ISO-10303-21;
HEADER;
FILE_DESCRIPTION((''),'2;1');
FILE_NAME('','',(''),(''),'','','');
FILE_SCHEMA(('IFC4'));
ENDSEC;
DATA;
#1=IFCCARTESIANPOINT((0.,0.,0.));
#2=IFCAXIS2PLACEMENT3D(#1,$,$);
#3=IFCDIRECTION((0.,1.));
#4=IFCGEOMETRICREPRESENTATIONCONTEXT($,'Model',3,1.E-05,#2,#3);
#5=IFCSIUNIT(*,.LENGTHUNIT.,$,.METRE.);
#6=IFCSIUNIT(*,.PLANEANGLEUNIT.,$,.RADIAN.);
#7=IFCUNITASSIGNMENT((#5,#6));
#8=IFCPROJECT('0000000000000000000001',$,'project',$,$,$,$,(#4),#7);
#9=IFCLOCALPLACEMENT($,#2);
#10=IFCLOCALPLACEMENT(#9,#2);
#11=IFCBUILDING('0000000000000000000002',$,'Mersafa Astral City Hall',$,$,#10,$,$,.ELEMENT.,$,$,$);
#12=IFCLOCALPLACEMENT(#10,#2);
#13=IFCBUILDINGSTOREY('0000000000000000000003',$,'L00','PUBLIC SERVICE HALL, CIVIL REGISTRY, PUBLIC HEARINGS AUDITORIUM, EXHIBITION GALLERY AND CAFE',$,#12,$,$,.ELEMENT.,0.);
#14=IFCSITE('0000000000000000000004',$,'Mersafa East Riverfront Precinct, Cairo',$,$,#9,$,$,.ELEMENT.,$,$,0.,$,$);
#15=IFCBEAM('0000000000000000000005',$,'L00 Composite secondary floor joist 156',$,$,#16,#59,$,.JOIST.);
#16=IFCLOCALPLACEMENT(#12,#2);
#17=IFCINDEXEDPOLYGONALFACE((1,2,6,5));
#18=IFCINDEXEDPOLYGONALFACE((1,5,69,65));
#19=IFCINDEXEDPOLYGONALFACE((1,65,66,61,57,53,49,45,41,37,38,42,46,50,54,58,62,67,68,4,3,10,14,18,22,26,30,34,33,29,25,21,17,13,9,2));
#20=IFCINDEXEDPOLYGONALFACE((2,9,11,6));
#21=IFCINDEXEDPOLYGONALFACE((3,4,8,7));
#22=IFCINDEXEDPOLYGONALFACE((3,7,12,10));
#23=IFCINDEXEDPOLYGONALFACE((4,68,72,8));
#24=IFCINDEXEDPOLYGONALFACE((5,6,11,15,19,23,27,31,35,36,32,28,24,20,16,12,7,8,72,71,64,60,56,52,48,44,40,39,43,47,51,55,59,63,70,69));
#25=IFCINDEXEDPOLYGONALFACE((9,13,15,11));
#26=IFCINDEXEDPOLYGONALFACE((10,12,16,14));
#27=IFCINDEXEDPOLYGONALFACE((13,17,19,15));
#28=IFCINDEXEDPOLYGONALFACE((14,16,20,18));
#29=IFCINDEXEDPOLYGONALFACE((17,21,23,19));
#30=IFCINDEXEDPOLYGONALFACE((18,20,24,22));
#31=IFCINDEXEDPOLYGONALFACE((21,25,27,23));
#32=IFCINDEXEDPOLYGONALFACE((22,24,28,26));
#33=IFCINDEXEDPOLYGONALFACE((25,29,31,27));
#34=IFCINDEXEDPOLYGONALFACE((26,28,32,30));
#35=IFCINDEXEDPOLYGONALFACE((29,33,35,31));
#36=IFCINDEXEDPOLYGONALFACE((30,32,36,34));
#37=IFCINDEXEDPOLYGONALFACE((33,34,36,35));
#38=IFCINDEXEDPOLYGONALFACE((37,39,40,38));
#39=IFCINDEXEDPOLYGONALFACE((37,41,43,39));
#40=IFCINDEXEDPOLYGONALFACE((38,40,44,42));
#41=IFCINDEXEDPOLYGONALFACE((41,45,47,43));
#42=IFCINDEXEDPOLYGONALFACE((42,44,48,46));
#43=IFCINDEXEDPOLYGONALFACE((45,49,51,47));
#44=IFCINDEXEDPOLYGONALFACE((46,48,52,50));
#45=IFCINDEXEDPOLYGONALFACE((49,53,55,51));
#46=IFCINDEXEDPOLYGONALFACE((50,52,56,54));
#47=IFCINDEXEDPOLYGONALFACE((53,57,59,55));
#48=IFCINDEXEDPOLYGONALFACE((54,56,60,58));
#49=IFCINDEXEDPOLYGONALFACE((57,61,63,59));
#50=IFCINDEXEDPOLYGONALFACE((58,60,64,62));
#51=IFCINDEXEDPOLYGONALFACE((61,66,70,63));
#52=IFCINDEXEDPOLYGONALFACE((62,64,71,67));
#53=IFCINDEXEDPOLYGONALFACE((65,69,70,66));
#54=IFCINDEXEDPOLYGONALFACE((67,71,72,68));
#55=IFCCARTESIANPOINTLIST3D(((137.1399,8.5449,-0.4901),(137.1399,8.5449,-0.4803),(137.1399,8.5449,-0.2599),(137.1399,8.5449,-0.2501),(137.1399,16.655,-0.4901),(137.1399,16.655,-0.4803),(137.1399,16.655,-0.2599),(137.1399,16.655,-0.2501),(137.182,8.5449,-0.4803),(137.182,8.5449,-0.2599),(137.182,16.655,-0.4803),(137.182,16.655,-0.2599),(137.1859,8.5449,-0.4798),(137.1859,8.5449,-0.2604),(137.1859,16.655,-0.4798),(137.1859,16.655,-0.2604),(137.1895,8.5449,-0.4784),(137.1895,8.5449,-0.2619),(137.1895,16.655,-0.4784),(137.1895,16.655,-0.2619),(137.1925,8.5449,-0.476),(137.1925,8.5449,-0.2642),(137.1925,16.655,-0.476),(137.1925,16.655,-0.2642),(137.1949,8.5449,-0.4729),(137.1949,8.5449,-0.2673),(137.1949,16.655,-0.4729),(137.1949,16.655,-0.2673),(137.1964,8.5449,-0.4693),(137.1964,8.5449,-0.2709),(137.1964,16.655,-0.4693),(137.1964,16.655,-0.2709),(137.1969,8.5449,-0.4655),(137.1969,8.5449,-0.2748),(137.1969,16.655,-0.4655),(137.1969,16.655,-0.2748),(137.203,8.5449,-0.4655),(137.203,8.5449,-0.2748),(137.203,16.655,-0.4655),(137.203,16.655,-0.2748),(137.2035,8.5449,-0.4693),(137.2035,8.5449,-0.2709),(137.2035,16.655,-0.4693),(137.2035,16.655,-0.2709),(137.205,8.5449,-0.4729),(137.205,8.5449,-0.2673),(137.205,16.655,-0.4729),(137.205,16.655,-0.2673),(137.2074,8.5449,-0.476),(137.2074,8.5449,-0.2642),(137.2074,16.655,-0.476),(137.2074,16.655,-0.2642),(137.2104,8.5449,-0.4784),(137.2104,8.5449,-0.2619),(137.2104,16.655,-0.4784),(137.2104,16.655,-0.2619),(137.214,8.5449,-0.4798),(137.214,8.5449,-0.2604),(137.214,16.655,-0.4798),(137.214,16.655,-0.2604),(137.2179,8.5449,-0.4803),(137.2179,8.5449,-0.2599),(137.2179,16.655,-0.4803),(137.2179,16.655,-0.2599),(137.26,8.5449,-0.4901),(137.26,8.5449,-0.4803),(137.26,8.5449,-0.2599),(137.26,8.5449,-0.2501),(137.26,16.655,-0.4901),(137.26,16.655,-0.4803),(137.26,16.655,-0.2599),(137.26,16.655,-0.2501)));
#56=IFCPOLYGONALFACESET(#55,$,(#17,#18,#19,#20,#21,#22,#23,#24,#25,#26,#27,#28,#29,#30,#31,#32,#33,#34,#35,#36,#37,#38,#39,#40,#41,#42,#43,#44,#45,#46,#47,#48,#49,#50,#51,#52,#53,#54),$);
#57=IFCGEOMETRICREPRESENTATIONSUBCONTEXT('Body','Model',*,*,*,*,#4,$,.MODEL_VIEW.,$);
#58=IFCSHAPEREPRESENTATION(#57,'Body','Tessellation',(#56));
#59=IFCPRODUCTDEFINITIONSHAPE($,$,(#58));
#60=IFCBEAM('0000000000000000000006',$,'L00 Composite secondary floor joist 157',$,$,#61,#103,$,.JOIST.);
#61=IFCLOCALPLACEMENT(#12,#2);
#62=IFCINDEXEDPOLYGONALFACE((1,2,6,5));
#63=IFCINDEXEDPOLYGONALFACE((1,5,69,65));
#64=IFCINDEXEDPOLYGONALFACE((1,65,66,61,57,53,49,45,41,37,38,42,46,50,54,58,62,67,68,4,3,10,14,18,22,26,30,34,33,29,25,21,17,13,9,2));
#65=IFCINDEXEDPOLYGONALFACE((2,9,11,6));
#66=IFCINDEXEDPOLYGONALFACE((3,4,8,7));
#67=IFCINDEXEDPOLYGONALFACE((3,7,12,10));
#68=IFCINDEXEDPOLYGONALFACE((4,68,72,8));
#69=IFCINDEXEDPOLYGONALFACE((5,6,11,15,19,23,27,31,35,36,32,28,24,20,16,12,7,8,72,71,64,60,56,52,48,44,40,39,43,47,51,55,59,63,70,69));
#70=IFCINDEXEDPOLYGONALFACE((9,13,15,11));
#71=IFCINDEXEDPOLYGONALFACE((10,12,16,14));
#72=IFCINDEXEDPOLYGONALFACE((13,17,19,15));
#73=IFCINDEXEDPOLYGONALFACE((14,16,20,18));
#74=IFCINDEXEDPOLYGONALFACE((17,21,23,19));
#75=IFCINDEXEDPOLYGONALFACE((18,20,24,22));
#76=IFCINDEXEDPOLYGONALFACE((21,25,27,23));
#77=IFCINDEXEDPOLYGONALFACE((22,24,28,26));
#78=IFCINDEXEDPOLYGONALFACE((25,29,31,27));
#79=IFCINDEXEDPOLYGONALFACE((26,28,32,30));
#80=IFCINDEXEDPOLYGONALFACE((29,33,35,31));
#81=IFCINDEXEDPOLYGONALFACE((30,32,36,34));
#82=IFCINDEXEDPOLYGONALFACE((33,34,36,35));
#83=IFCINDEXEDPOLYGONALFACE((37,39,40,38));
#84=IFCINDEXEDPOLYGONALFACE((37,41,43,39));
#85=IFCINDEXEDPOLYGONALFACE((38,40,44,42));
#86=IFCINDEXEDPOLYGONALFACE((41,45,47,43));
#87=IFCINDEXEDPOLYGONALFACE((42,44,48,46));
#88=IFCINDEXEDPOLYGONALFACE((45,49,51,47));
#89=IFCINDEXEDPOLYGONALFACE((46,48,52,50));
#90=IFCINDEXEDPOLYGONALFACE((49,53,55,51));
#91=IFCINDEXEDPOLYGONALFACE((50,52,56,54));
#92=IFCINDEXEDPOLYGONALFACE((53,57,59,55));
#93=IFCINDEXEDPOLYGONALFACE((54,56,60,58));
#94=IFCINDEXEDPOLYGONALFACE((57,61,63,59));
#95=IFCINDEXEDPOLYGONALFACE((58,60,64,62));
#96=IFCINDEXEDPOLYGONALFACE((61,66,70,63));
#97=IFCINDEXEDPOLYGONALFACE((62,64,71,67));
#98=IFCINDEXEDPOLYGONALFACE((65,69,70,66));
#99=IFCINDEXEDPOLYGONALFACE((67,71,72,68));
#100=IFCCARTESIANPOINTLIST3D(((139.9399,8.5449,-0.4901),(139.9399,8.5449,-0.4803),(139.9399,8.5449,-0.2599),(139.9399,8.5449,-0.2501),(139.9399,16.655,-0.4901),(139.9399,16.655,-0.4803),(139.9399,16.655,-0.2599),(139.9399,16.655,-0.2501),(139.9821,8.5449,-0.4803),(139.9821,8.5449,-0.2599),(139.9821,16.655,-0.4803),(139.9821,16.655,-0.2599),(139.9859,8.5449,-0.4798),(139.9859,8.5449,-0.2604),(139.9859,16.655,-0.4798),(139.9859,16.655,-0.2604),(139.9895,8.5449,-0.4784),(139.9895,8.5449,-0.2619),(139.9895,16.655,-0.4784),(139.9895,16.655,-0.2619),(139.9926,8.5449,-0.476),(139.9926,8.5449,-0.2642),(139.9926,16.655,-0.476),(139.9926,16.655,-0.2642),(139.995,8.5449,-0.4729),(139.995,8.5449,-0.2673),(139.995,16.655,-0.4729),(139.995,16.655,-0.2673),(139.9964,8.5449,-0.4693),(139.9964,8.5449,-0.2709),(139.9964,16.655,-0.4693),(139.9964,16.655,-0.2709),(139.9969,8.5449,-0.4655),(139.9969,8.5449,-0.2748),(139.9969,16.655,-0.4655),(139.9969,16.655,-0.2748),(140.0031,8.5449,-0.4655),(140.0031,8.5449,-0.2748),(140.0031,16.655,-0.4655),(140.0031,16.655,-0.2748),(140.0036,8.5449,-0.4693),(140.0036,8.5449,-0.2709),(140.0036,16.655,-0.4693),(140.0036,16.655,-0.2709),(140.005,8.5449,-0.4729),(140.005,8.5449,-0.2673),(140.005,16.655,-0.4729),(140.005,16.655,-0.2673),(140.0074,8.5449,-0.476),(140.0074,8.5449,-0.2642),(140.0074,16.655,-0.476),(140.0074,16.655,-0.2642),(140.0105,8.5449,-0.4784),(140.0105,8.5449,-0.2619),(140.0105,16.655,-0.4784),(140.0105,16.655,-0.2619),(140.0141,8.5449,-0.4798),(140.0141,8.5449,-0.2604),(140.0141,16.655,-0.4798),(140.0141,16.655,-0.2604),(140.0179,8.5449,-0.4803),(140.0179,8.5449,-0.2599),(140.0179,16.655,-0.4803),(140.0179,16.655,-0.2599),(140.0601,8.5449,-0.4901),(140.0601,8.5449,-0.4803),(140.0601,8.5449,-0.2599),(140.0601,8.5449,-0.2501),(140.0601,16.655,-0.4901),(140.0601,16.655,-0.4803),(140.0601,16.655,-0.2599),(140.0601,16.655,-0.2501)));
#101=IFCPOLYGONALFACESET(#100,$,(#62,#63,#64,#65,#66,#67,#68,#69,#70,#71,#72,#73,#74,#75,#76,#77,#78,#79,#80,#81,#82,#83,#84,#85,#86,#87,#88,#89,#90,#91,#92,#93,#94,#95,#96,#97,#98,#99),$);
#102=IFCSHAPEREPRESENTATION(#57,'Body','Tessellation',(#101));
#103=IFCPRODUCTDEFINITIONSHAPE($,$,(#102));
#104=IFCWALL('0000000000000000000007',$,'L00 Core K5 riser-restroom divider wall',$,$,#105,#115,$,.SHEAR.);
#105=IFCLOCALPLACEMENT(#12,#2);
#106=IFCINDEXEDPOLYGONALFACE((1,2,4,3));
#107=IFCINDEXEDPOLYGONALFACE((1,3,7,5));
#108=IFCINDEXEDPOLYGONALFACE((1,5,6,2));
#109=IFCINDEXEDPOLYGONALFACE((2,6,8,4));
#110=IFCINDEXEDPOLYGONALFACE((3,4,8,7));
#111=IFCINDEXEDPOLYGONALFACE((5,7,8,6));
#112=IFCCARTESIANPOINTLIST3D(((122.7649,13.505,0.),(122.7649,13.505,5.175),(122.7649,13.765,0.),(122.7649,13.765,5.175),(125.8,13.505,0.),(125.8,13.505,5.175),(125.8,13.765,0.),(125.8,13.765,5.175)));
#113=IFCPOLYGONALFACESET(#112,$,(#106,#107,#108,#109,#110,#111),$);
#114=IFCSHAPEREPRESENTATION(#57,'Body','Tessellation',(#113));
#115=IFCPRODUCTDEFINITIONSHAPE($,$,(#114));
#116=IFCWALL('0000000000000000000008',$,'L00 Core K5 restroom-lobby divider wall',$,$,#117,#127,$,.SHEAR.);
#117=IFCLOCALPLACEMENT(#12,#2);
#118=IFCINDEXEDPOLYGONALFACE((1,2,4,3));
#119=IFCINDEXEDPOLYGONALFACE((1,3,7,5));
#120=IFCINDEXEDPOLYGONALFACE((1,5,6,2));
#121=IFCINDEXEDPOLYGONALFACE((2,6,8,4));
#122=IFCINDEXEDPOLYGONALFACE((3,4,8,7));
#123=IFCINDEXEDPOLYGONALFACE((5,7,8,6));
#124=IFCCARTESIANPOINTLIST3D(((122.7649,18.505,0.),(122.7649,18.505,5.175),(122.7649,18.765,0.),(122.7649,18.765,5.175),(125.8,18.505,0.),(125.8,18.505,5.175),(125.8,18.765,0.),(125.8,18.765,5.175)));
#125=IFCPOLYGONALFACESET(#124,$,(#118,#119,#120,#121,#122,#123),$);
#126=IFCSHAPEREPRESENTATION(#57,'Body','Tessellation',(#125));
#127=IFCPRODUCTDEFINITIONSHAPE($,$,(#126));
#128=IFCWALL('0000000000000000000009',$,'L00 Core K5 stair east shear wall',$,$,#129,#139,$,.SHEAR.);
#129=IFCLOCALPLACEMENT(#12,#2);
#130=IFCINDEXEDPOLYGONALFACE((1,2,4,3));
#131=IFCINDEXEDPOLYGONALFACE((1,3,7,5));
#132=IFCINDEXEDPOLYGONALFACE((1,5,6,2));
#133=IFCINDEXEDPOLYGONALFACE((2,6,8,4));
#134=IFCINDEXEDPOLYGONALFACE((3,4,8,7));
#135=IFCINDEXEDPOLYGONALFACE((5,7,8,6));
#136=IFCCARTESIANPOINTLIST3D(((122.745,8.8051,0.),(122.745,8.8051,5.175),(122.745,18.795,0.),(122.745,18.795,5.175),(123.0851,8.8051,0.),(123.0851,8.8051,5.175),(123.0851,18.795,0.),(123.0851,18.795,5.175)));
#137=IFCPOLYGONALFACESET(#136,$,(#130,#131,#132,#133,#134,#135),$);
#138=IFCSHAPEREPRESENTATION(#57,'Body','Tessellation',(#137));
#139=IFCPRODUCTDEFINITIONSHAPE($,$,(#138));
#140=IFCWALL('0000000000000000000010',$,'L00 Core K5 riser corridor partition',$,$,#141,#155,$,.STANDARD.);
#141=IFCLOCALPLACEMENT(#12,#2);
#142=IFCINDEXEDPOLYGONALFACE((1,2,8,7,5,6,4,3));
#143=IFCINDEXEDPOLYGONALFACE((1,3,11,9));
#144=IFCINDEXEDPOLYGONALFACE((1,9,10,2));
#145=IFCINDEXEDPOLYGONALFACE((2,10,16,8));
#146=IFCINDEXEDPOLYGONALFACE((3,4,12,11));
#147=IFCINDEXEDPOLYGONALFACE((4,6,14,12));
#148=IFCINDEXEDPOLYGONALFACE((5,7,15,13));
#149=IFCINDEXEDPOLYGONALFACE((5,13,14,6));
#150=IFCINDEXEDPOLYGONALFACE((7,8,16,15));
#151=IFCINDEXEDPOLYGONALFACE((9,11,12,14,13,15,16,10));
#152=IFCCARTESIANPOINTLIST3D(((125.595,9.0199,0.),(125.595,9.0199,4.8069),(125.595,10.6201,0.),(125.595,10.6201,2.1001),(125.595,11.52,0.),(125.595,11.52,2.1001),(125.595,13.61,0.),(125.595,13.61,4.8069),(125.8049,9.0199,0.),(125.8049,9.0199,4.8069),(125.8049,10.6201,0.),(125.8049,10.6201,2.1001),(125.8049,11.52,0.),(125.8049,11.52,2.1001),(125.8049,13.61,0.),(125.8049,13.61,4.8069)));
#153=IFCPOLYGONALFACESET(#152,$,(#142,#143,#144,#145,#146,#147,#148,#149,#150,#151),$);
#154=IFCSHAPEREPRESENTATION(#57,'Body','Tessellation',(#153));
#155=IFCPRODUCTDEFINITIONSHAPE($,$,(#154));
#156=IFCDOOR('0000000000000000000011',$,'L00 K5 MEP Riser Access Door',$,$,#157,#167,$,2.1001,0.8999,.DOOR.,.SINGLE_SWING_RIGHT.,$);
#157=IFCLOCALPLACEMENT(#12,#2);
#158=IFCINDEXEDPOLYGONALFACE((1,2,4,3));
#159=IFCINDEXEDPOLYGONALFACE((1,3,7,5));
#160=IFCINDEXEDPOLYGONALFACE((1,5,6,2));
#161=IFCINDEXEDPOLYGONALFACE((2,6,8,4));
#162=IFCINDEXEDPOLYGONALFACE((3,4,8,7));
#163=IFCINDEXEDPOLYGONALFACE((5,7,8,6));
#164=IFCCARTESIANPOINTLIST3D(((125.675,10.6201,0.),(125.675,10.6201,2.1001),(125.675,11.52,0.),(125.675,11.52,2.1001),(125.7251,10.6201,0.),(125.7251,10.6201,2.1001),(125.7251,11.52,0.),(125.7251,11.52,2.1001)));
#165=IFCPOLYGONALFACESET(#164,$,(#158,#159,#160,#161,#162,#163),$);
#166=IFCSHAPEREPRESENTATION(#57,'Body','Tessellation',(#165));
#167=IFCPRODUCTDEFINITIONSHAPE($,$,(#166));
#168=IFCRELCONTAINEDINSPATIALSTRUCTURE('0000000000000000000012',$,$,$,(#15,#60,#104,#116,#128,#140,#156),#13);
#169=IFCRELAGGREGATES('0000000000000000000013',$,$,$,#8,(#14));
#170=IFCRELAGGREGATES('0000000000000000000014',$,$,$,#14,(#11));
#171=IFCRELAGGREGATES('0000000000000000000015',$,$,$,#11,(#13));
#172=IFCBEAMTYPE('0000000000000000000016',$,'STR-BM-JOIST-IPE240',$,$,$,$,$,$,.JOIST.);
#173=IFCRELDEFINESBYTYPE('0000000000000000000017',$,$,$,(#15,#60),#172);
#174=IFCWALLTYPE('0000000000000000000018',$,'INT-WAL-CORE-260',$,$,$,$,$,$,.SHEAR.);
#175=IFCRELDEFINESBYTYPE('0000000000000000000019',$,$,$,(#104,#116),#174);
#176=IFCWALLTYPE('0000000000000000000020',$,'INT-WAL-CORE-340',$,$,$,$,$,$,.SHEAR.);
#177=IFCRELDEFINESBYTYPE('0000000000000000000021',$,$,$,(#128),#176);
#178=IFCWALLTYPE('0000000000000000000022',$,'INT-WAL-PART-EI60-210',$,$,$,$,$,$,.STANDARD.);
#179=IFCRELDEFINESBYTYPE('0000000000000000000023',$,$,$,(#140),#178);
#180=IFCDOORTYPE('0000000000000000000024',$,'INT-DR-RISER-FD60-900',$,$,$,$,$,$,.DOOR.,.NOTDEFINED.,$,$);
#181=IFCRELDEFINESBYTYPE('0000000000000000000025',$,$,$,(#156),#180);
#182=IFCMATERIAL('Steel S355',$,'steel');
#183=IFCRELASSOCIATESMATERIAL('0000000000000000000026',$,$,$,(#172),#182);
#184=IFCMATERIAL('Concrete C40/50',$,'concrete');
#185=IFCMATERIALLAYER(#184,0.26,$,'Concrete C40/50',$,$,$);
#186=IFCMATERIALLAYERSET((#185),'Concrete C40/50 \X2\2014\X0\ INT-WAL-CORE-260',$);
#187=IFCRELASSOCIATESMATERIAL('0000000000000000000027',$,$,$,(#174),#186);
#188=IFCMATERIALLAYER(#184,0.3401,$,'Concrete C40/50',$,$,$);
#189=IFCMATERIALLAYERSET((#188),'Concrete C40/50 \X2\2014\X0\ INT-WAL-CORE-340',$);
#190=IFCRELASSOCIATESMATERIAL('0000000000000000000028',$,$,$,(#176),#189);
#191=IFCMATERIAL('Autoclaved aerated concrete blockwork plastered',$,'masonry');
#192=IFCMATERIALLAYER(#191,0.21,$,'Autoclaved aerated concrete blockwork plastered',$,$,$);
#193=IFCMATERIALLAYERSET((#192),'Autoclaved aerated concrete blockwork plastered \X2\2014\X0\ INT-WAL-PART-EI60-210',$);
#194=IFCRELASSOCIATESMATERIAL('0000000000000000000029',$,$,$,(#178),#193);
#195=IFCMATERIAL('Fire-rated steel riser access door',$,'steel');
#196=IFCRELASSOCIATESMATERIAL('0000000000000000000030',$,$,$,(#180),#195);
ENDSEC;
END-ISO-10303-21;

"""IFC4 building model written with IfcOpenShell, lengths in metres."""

from ifc_helpers import new_model, si_unit, direction, frame, frame_2d, origin, origin_2d, place, context, subcontext, project, spatial, rectangle, i_section, extrude, material, layer, layer_set, material_profile, profile_set, type_object, element, fill, save


model = new_model("IFC4")

# Units and contexts
model_context = context("Model", 3, precision=1e-05, world=origin(), true_north=direction((0.0, 1.0)))
body_context = subcontext(model_context, "Body", "Model", "MODEL_VIEW")
ifc_project = project(units=[si_unit("LENGTHUNIT", "METRE"), si_unit("PLANEANGLEUNIT", "RADIAN")], contexts=[model_context])

# Site, building, storey
site_placement = place(None, origin())
site = spatial("IfcSite", under=ifc_project, at=site_placement, Name="Mersafa East Riverfront Precinct, Cairo", CompositionType="ELEMENT", RefElevation=0.0)
building_placement = place(site_placement, origin())
building = spatial("IfcBuilding", under=site, at=building_placement, Name="Mersafa Astral City Hall", CompositionType="ELEMENT")
storey_placement = place(building_placement, origin())
storey = spatial("IfcBuildingStorey", under=building, at=storey_placement, Name="L00", Description="PUBLIC SERVICE HALL, CIVIL REGISTRY, PUBLIC HEARINGS AUDITORIUM, EXHIBITION GALLERY AND CAFE", CompositionType="ELEMENT", Elevation=0.0)

# Shared definitions
ifc_material_1 = material(Name="Steel S355", Category="steel")

# Beams
ifc_material_profile_1 = material_profile(ifc_material_1, i_section(OverallWidth=0.1201, OverallDepth=0.24, WebThickness=0.0061, FlangeThickness=0.0098, FilletRadius=0.0149, at=origin_2d()), Name="IPE 240")
ifc_profile_set_1 = profile_set([ifc_material_profile_1], Name="Steel S355")
beam_type_1 = type_object("IfcBeamType", Name="STR-BM-JOIST-IPE240", PredefinedType="JOIST", material=ifc_profile_set_1)
for number, where, z_axis, x_axis, name in (
    (1, (137.2, 8.5449, -0.3701), (0.0, 1.0, 0.0), (-1.0, 0.0, 0.0), "L00 Composite secondary floor joist 156"),
    (2, (140.0, 8.5449, -0.3701), (0.0, 1.0, 0.0), (-1.0, 0.0, 0.0), "L00 Composite secondary floor joist 157"),
):
    element("IfcBeam", number, at=place(storey_placement, frame(where, z_axis=z_axis, x_axis=x_axis)), inside=storey, type_object=beam_type_1, Name=name, PredefinedType="JOIST", context=body_context, shape_type="SweptSolid", body=[
        extrude(i_section(OverallWidth=0.1201, OverallDepth=0.24, WebThickness=0.0061, FlangeThickness=0.0098, FilletRadius=0.0149, at=origin_2d()), origin(), (0.0, 0.0, 1.0), 8.1101),
    ])

# Walls
ifc_material_2 = material(Name="Concrete C40/50", Category="concrete")
ifc_layer_1 = layer(ifc_material_2, 0.26, Name="Concrete C40/50")
ifc_layer_set_1 = layer_set([ifc_layer_1], Name="Concrete C40/50 — INT-WAL-CORE-260")
wall_type_1 = type_object("IfcWallType", Name="INT-WAL-CORE-260", PredefinedType="SHEAR", material=ifc_layer_set_1)
for number, where, z_axis, x_axis, name in (
    (3, (122.7649, 13.635, 0.0), (0.0, 0.0, 1.0), (1.0, 0.0, 0.0), "L00 Core K5 riser-restroom divider wall"),
    (4, (122.7649, 18.635, 0.0), (0.0, 0.0, 1.0), (1.0, 0.0, 0.0), "L00 Core K5 restroom-lobby divider wall"),
):
    element("IfcWall", number, at=place(storey_placement, frame(where, z_axis=z_axis, x_axis=x_axis)), inside=storey, type_object=wall_type_1, Name=name, PredefinedType="SHEAR", context=body_context, shape_type="SweptSolid", body=[
        extrude(rectangle(XDim=3.0352, YDim=0.26, at=frame_2d((1.5176, 0.0))), origin(), (0.0, 0.0, 1.0), 5.175),
    ])
ifc_layer_2 = layer(ifc_material_2, 0.3401, Name="Concrete C40/50")
ifc_layer_set_2 = layer_set([ifc_layer_2], Name="Concrete C40/50 — INT-WAL-CORE-340")
wall_type_2 = type_object("IfcWallType", Name="INT-WAL-CORE-340", PredefinedType="SHEAR", material=ifc_layer_set_2)
wall_1_placement = place(storey_placement, frame((122.915, 8.8049, 0.0), z_axis=(0.0, 0.0, 1.0), x_axis=(0.0, 1.0, 0.0)))
element("IfcWall", 5, at=wall_1_placement, inside=storey, type_object=wall_type_2, Name="L00 Core K5 stair east shear wall", PredefinedType="SHEAR", context=body_context, shape_type="SweptSolid", body=[
    extrude(rectangle(XDim=9.99, YDim=0.3401, at=frame_2d((4.9951, 0.0))), origin(), (0.0, 0.0, 1.0), 5.175),
])

# Wall, opening, door
ifc_material_3 = material(Name="Autoclaved aerated concrete blockwork plastered", Category="masonry")
ifc_layer_3 = layer(ifc_material_3, 0.21, Name="Autoclaved aerated concrete blockwork plastered")
ifc_layer_set_3 = layer_set([ifc_layer_3], Name="Autoclaved aerated concrete blockwork plastered — INT-WAL-PART-EI60-210")
wall_type_3 = type_object("IfcWallType", Name="INT-WAL-PART-EI60-210", PredefinedType="STANDARD", material=ifc_layer_set_3)
wall_2_placement = place(storey_placement, frame((125.7, 9.02, 0.0), z_axis=(0.0, 0.0, 1.0), x_axis=(0.0, 1.0, 0.0)))
wall_2 = element("IfcWall", 6, at=wall_2_placement, inside=storey, type_object=wall_type_3, Name="L00 Core K5 riser corridor partition", PredefinedType="STANDARD", context=body_context, shape_type="SweptSolid", body=[
    extrude(rectangle(XDim=4.5901, YDim=0.21, at=frame_2d((2.2949, 0.0))), origin(), (0.0, 0.0, 1.0), 4.8069),
])
opening_1_placement = place(wall_2_placement, frame((1.6001, 0.0, 0.0)))
opening_1 = element("IfcOpeningElement", 7, at=opening_1_placement, cuts=wall_2, PredefinedType="OPENING", context=body_context, shape_type="SweptSolid", body=[
    extrude(rectangle(XDim=0.8999, YDim=2.1001, at=frame_2d((0.45, 1.05))), frame((0.0, 0.115, 0.0), z_axis=(0.0, -1.0, 0.0), x_axis=(1.0, 0.0, 0.0)), (0.0, 0.0, 1.0), 0.23),
])
ifc_material_4 = material(Name="Fire-rated steel riser access door", Category="steel")
door_type_1 = type_object("IfcDoorType", Name="INT-DR-RISER-FD60-900", OperationType="NOTDEFINED", PredefinedType="DOOR", material=ifc_material_4)
door_1_placement = place(opening_1_placement, origin())
door_1 = element("IfcDoor", 8, at=door_1_placement, inside=storey, type_object=door_type_1, Name="L00 K5 MEP Riser Access Door", OperationType="SINGLE_SWING_RIGHT", OverallHeight=2.1001, OverallWidth=0.8999, PredefinedType="DOOR", context=body_context, shape_type="SweptSolid", body=[
    extrude(rectangle(XDim=0.8999, YDim=2.1001, at=frame_2d((0.45, 1.05))), frame((0.0, 0.0249, 0.0), z_axis=(0.0, -1.0, 0.0), x_axis=(1.0, 0.0, 0.0)), (0.0, 0.0, 1.0), 0.05),
])
fill(opening_1, door_1)

save(model, "model.ifc")
